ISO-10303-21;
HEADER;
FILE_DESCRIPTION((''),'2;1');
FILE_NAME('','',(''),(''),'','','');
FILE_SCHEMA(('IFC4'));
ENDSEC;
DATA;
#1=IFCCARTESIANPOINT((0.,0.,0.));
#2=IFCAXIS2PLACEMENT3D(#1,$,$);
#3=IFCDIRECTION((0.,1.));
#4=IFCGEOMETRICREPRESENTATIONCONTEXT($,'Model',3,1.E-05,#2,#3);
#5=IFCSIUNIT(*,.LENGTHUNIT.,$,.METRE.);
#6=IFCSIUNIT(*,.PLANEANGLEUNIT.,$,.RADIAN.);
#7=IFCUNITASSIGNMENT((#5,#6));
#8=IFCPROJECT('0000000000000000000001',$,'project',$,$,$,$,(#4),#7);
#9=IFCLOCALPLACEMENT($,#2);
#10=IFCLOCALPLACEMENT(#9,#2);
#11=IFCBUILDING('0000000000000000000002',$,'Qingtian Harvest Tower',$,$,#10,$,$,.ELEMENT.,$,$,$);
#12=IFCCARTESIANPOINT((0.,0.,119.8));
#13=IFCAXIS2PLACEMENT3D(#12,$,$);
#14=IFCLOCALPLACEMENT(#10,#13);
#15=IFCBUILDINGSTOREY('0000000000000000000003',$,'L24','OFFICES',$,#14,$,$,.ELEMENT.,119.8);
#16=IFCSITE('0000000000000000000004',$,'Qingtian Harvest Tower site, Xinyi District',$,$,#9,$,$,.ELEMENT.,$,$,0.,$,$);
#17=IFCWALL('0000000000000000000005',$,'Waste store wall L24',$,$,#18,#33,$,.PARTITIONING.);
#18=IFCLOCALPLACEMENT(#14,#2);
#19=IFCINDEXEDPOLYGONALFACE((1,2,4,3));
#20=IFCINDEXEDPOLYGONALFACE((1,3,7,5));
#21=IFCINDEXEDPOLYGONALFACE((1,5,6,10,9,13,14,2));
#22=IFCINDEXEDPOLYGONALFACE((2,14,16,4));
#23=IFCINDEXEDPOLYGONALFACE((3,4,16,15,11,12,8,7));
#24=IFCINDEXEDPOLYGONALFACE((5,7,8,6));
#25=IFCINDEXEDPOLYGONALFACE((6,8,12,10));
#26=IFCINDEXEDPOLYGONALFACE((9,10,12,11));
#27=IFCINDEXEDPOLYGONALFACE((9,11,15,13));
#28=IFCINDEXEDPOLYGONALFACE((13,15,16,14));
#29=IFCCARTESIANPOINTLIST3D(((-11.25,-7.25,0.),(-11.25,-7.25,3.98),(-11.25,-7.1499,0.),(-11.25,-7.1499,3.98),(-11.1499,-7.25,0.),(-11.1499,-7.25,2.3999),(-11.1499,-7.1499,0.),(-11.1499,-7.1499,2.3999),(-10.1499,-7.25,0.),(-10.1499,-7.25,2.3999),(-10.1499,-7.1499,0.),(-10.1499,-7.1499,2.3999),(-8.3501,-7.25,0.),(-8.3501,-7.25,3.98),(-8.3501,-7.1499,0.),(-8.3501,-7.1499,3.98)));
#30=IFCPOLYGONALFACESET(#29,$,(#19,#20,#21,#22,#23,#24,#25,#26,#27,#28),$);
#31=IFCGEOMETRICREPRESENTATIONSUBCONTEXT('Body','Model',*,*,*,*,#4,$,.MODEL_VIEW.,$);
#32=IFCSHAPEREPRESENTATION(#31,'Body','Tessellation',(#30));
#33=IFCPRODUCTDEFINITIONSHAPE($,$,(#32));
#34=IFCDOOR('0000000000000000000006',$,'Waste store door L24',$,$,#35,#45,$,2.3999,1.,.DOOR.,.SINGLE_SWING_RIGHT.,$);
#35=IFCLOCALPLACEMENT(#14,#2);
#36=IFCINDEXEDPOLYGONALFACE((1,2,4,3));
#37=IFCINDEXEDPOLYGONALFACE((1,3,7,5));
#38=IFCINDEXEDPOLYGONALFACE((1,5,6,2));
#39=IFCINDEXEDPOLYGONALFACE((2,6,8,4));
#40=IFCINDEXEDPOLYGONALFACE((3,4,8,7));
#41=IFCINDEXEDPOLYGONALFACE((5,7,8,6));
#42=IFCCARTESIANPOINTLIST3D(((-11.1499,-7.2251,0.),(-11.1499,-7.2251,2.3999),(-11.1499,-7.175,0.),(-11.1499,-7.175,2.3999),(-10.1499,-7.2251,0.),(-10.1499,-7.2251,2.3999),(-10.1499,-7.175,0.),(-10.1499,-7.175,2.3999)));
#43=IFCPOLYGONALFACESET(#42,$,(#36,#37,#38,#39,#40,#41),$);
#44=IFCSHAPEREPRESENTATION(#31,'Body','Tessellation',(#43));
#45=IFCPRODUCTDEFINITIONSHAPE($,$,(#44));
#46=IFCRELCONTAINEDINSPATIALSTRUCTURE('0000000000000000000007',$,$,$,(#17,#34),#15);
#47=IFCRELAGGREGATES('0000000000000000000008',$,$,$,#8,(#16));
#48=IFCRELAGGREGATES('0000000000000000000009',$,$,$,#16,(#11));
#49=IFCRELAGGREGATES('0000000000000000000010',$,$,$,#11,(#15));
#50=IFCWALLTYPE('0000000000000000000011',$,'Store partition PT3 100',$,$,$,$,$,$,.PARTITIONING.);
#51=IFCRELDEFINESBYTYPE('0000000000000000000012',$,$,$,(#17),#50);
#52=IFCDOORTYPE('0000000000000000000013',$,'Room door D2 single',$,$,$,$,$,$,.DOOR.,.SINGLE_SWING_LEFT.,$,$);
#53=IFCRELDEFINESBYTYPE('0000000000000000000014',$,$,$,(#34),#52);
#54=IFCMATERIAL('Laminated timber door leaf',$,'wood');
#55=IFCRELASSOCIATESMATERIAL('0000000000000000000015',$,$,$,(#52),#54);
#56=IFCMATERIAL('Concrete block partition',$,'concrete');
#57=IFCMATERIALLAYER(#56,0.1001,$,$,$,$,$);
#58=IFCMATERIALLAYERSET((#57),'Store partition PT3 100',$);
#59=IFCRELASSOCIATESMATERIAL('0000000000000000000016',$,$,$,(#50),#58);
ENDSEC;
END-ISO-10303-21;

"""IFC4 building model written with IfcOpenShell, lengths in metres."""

from ifc_helpers import new_model, si_unit, direction, frame, frame_2d, origin, place, context, subcontext, project, spatial, rectangle, extrude, material, layer, layer_set, type_object, element, fill, save


model = new_model("IFC4")

# Units and contexts
model_context = context("Model", 3, precision=1e-05, world=origin(), true_north=direction((0.0, 1.0)))
body_context = subcontext(model_context, "Body", "Model", "MODEL_VIEW")
ifc_project = project(units=[si_unit("LENGTHUNIT", "METRE"), si_unit("PLANEANGLEUNIT", "RADIAN")], contexts=[model_context])

# Site, building, storey
site_placement = place(None, origin())
site = spatial("IfcSite", under=ifc_project, at=site_placement, Name="Qingtian Harvest Tower site, Xinyi District", CompositionType="ELEMENT", RefElevation=0.0)
building_placement = place(site_placement, origin())
building = spatial("IfcBuilding", under=site, at=building_placement, Name="Qingtian Harvest Tower", CompositionType="ELEMENT")
storey_placement = place(building_placement, frame((0.0, 0.0, 119.8)))
storey = spatial("IfcBuildingStorey", under=building, at=storey_placement, Name="L24", Description="OFFICES", CompositionType="ELEMENT", Elevation=119.8)

# Shared definitions
ifc_material_1 = material(Name="Laminated timber door leaf", Category="wood")
door_type_1 = type_object("IfcDoorType", Name="Room door D2 single", OperationType="SINGLE_SWING_LEFT", PredefinedType="DOOR", material=ifc_material_1)

# Wall, opening, door
ifc_material_2 = material(Name="Concrete block partition", Category="concrete")
ifc_layer_1 = layer(ifc_material_2, 0.1001)
ifc_layer_set_1 = layer_set([ifc_layer_1], Name="Store partition PT3 100")
wall_type_1 = type_object("IfcWallType", Name="Store partition PT3 100", PredefinedType="PARTITIONING", material=ifc_layer_set_1)
wall_1_placement = place(storey_placement, frame((-11.25, -7.2, 0.0), z_axis=(0.0, 0.0, 1.0), x_axis=(1.0, 0.0, 0.0)))
wall_1 = element("IfcWall", 1, at=wall_1_placement, inside=storey, type_object=wall_type_1, Name="Waste store wall L24", PredefinedType="PARTITIONING", context=body_context, shape_type="SweptSolid", body=[
    extrude(rectangle(XDim=2.8999, YDim=0.1001, at=frame_2d((1.45, 0.0))), origin(), (0.0, 0.0, 1.0), 3.98),
])
opening_1_placement = place(wall_1_placement, frame((0.1001, 0.0, 0.0)))
opening_1 = element("IfcOpeningElement", 2, at=opening_1_placement, cuts=wall_1, PredefinedType="OPENING", context=body_context, shape_type="SweptSolid", body=[
    extrude(rectangle(XDim=1.0, YDim=2.3999, at=frame_2d((0.5, 1.2))), frame((0.0, 0.0601, 0.0), z_axis=(0.0, -1.0, 0.0), x_axis=(1.0, 0.0, 0.0)), (0.0, 0.0, 1.0), 0.1201),
])
door_1_placement = place(opening_1_placement, origin())
door_1 = element("IfcDoor", 3, at=door_1_placement, inside=storey, type_object=door_type_1, Name="Waste store door L24", OperationType="SINGLE_SWING_RIGHT", OverallHeight=2.3999, OverallWidth=1.0, PredefinedType="DOOR", context=body_context, shape_type="SweptSolid", body=[
    extrude(rectangle(XDim=1.0, YDim=2.3999, at=frame_2d((0.5, 1.2))), frame((0.0, 0.0249, 0.0), z_axis=(0.0, -1.0, 0.0), x_axis=(1.0, 0.0, 0.0)), (0.0, 0.0, 1.0), 0.05),
])
fill(opening_1, door_1)

save(model, "model.ifc")
